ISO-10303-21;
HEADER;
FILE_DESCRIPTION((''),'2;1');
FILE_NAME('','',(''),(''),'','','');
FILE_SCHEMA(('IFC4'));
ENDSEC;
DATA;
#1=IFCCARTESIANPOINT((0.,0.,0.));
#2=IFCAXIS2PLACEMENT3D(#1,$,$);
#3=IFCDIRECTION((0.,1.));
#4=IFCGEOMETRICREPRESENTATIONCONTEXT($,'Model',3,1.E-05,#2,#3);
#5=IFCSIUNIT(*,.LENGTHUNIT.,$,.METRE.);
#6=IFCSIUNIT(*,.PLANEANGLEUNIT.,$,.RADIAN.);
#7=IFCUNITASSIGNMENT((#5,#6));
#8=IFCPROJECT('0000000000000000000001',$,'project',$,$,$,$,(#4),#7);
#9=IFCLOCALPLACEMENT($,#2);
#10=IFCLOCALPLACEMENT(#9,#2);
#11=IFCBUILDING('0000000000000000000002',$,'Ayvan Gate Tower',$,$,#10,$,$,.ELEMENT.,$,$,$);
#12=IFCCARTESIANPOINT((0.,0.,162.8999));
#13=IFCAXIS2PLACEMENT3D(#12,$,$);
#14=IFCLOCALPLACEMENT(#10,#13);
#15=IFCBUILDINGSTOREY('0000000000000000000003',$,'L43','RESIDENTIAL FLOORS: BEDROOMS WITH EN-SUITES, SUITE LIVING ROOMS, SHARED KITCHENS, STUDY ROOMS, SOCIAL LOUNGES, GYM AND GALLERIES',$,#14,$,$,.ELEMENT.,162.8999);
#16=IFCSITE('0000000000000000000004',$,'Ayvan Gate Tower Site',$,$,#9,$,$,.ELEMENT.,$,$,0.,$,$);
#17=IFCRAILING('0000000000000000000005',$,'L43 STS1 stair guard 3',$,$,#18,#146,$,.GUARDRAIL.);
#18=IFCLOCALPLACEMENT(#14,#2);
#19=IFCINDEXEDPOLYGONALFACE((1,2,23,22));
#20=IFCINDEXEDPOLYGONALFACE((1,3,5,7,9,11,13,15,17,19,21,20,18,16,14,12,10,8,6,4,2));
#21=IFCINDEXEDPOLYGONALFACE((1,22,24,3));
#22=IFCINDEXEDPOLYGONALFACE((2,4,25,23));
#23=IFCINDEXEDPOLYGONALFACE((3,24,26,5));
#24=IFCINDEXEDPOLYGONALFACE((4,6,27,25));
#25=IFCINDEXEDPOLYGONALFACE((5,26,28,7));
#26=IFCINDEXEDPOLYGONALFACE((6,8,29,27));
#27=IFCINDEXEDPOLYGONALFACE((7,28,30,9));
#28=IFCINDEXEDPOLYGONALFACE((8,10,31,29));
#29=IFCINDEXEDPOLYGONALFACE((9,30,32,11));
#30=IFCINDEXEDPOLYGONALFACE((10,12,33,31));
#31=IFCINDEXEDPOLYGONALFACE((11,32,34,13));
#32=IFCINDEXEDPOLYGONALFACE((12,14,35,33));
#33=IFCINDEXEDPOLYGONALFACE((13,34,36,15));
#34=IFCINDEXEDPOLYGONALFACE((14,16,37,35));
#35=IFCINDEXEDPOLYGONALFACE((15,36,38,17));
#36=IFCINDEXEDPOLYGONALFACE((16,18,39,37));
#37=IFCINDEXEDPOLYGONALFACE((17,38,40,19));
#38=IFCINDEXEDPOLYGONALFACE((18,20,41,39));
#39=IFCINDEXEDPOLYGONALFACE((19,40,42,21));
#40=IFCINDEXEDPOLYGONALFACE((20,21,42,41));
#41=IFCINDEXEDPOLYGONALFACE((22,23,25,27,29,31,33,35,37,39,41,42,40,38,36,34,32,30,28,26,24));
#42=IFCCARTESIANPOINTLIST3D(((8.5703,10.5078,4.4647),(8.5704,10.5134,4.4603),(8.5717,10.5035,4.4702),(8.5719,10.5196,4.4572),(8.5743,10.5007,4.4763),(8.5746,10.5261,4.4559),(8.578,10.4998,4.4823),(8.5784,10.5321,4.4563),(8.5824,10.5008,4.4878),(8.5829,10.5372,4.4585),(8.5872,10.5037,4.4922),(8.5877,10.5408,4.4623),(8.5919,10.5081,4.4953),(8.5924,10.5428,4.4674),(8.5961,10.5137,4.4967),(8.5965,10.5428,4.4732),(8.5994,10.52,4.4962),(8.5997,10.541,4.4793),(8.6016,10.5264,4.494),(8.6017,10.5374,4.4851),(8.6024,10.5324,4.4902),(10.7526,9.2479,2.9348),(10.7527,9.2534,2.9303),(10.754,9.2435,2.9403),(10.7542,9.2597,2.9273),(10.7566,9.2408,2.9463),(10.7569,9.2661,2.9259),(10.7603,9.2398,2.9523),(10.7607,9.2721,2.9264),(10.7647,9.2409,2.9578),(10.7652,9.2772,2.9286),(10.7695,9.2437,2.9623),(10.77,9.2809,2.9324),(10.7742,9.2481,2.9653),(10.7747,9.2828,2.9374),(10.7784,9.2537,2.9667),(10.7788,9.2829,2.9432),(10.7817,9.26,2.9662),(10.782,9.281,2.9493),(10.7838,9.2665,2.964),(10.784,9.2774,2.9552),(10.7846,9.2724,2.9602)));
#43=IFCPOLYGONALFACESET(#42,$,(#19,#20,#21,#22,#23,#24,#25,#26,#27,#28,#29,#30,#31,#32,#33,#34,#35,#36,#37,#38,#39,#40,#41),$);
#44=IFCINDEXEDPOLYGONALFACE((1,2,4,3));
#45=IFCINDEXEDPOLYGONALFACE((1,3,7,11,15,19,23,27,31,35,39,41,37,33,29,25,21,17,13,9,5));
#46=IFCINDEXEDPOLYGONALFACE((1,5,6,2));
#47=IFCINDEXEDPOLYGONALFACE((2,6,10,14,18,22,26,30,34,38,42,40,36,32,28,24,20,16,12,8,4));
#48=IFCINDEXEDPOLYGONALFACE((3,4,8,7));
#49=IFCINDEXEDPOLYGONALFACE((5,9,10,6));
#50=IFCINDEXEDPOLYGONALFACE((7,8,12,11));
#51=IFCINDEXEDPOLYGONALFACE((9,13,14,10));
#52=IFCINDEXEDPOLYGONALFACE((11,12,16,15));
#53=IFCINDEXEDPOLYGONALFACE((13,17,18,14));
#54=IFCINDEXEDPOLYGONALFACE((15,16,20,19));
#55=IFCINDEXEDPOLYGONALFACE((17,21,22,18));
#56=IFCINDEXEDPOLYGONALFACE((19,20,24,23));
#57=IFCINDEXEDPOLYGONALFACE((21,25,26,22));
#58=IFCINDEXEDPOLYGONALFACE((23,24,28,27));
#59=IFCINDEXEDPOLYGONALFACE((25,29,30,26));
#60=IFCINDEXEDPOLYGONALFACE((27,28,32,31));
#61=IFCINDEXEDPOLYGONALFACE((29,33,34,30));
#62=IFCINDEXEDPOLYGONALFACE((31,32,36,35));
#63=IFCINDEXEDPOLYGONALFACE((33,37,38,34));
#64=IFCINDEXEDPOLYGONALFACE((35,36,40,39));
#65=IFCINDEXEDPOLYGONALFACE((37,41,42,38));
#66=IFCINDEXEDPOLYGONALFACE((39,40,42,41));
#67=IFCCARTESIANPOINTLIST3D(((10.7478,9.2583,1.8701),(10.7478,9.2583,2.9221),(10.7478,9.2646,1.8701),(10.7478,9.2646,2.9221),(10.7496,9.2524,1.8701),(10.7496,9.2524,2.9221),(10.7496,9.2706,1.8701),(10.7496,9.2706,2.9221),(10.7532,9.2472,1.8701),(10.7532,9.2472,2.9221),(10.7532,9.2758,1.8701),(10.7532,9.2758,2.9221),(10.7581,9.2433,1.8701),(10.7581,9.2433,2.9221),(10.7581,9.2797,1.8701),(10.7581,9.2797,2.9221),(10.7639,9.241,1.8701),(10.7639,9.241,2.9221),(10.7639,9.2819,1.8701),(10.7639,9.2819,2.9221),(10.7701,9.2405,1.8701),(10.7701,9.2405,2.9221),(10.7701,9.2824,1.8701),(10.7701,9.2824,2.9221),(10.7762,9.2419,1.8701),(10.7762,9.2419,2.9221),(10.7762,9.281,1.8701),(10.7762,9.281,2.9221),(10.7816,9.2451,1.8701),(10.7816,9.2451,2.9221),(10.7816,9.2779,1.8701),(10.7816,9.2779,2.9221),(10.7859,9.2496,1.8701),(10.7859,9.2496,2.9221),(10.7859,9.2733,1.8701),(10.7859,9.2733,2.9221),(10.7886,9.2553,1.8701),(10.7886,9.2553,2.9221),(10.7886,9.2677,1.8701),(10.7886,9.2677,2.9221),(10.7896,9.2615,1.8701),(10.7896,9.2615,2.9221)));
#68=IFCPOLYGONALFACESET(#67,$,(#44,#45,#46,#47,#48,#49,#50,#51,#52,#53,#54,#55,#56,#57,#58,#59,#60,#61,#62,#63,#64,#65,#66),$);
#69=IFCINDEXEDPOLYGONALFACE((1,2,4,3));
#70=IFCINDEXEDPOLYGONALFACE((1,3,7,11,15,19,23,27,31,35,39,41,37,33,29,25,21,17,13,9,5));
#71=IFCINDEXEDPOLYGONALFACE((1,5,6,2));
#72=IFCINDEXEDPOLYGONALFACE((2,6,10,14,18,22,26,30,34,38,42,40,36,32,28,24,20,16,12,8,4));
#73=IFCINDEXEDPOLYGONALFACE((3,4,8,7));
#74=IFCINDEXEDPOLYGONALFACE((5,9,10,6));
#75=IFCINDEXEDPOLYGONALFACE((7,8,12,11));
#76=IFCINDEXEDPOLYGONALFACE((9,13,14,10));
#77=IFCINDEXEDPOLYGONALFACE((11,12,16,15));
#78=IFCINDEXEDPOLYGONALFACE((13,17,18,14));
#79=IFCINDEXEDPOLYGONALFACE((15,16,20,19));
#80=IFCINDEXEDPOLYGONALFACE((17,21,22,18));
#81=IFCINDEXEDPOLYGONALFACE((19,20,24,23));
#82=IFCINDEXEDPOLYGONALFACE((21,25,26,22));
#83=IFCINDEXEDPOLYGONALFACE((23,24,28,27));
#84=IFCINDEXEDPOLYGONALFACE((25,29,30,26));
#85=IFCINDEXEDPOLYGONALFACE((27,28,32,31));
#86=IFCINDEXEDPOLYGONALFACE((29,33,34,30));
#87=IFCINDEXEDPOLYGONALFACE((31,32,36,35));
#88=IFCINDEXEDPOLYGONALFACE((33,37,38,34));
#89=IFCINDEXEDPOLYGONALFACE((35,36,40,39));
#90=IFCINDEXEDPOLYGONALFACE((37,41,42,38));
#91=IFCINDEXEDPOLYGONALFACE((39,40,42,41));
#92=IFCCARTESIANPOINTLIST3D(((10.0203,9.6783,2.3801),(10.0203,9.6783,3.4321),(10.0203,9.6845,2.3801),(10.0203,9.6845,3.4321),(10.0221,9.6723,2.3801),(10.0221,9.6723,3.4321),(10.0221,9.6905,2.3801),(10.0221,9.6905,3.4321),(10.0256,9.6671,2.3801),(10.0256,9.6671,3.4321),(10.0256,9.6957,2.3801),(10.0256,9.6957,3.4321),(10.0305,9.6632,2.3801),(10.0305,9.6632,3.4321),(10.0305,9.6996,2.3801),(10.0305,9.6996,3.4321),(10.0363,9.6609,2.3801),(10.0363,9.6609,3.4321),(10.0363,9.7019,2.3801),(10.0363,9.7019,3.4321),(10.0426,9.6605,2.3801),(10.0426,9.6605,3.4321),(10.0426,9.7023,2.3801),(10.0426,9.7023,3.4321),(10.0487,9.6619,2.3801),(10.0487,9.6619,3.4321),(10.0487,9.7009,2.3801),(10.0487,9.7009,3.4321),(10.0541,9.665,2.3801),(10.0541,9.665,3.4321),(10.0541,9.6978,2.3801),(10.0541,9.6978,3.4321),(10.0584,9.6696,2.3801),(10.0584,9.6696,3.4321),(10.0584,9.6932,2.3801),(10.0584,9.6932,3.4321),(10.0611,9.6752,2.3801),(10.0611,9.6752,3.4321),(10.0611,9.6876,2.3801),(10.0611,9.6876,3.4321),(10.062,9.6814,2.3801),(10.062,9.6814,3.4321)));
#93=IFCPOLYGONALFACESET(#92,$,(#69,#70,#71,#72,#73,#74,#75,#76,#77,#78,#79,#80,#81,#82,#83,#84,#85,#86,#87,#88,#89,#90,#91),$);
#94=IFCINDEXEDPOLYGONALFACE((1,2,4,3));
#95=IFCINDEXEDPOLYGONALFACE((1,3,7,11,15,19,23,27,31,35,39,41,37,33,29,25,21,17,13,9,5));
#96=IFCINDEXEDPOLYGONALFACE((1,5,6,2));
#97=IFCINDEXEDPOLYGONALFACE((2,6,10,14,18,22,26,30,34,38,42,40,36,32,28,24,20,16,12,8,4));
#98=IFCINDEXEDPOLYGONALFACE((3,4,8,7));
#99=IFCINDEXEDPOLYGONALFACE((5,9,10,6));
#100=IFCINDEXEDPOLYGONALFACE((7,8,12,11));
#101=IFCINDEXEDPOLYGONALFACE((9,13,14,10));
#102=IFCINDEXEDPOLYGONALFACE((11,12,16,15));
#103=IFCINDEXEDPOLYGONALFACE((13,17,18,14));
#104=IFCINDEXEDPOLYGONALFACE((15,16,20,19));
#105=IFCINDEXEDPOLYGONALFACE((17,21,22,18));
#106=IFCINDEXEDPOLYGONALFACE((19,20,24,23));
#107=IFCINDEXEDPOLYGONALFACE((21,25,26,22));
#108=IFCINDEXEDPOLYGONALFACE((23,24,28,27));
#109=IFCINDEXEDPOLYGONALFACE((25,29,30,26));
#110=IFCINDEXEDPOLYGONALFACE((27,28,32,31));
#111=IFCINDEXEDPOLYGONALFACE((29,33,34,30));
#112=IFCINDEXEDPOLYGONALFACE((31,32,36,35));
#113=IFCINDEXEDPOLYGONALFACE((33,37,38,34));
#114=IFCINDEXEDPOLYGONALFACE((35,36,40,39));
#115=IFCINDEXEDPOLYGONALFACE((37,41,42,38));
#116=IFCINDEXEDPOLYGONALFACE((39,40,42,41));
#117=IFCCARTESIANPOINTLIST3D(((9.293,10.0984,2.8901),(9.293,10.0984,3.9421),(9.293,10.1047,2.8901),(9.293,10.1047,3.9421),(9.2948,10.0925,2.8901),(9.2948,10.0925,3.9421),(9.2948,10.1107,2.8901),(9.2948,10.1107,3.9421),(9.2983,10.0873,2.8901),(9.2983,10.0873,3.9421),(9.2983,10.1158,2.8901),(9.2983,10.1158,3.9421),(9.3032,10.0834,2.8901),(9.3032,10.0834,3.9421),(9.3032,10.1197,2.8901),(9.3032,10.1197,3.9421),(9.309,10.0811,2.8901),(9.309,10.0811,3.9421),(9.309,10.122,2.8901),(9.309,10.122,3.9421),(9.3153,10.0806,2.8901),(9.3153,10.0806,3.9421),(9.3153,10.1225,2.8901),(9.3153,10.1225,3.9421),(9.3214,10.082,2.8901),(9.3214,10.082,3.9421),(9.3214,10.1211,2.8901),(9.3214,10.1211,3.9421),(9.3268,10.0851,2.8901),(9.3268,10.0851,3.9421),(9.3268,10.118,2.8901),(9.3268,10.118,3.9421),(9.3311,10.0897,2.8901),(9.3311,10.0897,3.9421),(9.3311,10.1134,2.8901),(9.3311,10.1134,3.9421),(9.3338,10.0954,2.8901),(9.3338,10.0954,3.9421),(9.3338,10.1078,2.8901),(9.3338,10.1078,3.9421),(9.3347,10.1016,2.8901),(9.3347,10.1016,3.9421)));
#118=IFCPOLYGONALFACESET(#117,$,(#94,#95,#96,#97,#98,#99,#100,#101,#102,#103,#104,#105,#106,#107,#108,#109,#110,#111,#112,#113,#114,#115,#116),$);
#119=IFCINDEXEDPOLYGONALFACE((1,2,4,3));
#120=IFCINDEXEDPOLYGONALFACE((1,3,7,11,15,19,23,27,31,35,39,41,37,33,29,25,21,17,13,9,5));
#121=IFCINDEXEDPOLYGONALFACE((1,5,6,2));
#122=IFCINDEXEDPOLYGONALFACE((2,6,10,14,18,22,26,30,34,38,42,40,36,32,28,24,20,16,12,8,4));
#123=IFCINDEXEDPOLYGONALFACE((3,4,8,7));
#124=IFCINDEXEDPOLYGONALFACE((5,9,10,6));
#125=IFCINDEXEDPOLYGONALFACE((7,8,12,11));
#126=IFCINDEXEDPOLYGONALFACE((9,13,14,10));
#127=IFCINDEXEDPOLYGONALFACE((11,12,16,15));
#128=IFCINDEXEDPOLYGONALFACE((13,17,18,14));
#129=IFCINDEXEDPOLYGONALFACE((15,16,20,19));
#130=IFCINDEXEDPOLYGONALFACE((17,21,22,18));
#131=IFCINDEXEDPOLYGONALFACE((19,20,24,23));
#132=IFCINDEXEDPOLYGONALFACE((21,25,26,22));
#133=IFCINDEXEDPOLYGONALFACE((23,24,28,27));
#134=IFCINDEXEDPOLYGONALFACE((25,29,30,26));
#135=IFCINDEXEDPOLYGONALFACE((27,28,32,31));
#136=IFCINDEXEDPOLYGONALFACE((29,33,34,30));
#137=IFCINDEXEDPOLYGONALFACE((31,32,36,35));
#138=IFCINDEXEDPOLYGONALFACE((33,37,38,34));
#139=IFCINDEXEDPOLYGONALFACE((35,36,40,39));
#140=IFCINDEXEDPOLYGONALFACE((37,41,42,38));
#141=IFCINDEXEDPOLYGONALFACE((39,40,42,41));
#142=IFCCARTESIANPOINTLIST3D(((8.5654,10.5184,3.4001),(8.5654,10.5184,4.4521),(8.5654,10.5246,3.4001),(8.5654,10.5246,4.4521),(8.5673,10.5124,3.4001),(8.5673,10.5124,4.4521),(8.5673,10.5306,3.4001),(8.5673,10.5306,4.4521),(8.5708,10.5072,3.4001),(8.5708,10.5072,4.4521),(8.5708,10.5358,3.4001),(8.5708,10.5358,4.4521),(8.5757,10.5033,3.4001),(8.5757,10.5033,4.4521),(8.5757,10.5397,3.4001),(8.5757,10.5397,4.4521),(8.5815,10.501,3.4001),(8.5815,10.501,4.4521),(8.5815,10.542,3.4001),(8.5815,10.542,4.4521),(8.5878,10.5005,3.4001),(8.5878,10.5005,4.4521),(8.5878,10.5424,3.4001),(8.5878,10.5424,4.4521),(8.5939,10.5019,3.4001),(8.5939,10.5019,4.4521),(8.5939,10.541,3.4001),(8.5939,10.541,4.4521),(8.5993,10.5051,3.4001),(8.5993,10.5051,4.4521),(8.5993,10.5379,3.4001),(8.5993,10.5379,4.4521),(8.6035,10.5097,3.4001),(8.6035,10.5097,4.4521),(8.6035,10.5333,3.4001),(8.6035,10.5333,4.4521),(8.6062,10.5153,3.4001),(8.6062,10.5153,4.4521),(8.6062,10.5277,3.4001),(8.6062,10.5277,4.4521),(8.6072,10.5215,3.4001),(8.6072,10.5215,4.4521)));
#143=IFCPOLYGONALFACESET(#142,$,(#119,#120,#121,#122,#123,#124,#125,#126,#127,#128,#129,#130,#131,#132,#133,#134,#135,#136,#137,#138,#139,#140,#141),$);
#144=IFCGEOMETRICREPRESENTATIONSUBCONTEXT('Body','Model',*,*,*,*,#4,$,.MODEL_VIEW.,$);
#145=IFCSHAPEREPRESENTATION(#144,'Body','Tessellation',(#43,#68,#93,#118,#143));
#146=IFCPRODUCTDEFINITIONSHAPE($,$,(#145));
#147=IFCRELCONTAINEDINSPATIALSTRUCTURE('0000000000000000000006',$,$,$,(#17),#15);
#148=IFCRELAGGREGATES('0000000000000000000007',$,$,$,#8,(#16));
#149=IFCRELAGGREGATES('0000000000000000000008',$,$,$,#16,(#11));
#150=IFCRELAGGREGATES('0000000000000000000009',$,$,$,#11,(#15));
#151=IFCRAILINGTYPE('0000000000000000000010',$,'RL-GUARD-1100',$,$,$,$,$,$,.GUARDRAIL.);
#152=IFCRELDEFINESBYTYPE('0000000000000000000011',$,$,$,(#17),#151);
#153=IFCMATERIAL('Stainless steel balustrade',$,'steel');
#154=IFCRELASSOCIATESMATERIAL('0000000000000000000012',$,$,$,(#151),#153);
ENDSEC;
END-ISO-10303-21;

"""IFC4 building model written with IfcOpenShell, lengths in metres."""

from ifc_helpers import new_model, si_unit, direction, frame, origin, origin_2d, place, context, subcontext, project, spatial, circle, extrude, material, type_object, element, save


model = new_model("IFC4")

# Units and contexts
model_context = context("Model", 3, precision=1e-05, world=origin(), true_north=direction((0.0, 1.0)))
body_context = subcontext(model_context, "Body", "Model", "MODEL_VIEW")
ifc_project = project(units=[si_unit("LENGTHUNIT", "METRE"), si_unit("PLANEANGLEUNIT", "RADIAN")], contexts=[model_context])

# Site, building, storey
site_placement = place(None, origin())
site = spatial("IfcSite", under=ifc_project, at=site_placement, Name="Ayvan Gate Tower Site", CompositionType="ELEMENT", RefElevation=0.0)
building_placement = place(site_placement, origin())
building = spatial("IfcBuilding", under=site, at=building_placement, Name="Ayvan Gate Tower", CompositionType="ELEMENT")
storey_placement = place(building_placement, frame((0.0, 0.0, 162.8999)))
storey = spatial("IfcBuildingStorey", under=building, at=storey_placement, Name="L43", Description="RESIDENTIAL FLOORS: BEDROOMS WITH EN-SUITES, SUITE LIVING ROOMS, SHARED KITCHENS, STUDY ROOMS, SOCIAL LOUNGES, GYM AND GALLERIES", CompositionType="ELEMENT", Elevation=162.8999)

# Railing
ifc_material_1 = material(Name="Stainless steel balustrade", Category="steel")
railing_type_1 = type_object("IfcRailingType", Name="RL-GUARD-1100", PredefinedType="GUARDRAIL", material=ifc_material_1)
railing_1_placement = place(storey_placement, frame((10.7686, 9.2615, 1.8701)))
element("IfcRailing", 1, at=railing_1_placement, inside=storey, type_object=railing_type_1, Name="L43 STS1 stair guard 3", PredefinedType="GUARDRAIL", context=body_context, shape_type="SweptSolid", body=[
    extrude(circle(Radius=0.0239, at=origin_2d()), frame((0.0, 0.0, 1.0762), z_axis=(-0.740261, 0.427395, 0.518986), x_axis=(-0.500005, -0.866023, 0.0)), (0.0, 0.0, 1.0), 2.948),
    extrude(circle(Radius=0.021, at=origin_2d()), origin(), (0.0, 0.0, 1.0), 1.052),
    extrude(circle(Radius=0.021, at=origin_2d()), frame((-0.7275, 0.4199, 0.51)), (0.0, 0.0, 1.0), 1.052),
    extrude(circle(Radius=0.021, at=origin_2d()), frame((-1.4548, 0.8401, 1.02)), (0.0, 0.0, 1.0), 1.052),
    extrude(circle(Radius=0.021, at=origin_2d()), frame((-2.1824, 1.26, 1.53)), (0.0, 0.0, 1.0), 1.052),
])

save(model, "model.ifc")
